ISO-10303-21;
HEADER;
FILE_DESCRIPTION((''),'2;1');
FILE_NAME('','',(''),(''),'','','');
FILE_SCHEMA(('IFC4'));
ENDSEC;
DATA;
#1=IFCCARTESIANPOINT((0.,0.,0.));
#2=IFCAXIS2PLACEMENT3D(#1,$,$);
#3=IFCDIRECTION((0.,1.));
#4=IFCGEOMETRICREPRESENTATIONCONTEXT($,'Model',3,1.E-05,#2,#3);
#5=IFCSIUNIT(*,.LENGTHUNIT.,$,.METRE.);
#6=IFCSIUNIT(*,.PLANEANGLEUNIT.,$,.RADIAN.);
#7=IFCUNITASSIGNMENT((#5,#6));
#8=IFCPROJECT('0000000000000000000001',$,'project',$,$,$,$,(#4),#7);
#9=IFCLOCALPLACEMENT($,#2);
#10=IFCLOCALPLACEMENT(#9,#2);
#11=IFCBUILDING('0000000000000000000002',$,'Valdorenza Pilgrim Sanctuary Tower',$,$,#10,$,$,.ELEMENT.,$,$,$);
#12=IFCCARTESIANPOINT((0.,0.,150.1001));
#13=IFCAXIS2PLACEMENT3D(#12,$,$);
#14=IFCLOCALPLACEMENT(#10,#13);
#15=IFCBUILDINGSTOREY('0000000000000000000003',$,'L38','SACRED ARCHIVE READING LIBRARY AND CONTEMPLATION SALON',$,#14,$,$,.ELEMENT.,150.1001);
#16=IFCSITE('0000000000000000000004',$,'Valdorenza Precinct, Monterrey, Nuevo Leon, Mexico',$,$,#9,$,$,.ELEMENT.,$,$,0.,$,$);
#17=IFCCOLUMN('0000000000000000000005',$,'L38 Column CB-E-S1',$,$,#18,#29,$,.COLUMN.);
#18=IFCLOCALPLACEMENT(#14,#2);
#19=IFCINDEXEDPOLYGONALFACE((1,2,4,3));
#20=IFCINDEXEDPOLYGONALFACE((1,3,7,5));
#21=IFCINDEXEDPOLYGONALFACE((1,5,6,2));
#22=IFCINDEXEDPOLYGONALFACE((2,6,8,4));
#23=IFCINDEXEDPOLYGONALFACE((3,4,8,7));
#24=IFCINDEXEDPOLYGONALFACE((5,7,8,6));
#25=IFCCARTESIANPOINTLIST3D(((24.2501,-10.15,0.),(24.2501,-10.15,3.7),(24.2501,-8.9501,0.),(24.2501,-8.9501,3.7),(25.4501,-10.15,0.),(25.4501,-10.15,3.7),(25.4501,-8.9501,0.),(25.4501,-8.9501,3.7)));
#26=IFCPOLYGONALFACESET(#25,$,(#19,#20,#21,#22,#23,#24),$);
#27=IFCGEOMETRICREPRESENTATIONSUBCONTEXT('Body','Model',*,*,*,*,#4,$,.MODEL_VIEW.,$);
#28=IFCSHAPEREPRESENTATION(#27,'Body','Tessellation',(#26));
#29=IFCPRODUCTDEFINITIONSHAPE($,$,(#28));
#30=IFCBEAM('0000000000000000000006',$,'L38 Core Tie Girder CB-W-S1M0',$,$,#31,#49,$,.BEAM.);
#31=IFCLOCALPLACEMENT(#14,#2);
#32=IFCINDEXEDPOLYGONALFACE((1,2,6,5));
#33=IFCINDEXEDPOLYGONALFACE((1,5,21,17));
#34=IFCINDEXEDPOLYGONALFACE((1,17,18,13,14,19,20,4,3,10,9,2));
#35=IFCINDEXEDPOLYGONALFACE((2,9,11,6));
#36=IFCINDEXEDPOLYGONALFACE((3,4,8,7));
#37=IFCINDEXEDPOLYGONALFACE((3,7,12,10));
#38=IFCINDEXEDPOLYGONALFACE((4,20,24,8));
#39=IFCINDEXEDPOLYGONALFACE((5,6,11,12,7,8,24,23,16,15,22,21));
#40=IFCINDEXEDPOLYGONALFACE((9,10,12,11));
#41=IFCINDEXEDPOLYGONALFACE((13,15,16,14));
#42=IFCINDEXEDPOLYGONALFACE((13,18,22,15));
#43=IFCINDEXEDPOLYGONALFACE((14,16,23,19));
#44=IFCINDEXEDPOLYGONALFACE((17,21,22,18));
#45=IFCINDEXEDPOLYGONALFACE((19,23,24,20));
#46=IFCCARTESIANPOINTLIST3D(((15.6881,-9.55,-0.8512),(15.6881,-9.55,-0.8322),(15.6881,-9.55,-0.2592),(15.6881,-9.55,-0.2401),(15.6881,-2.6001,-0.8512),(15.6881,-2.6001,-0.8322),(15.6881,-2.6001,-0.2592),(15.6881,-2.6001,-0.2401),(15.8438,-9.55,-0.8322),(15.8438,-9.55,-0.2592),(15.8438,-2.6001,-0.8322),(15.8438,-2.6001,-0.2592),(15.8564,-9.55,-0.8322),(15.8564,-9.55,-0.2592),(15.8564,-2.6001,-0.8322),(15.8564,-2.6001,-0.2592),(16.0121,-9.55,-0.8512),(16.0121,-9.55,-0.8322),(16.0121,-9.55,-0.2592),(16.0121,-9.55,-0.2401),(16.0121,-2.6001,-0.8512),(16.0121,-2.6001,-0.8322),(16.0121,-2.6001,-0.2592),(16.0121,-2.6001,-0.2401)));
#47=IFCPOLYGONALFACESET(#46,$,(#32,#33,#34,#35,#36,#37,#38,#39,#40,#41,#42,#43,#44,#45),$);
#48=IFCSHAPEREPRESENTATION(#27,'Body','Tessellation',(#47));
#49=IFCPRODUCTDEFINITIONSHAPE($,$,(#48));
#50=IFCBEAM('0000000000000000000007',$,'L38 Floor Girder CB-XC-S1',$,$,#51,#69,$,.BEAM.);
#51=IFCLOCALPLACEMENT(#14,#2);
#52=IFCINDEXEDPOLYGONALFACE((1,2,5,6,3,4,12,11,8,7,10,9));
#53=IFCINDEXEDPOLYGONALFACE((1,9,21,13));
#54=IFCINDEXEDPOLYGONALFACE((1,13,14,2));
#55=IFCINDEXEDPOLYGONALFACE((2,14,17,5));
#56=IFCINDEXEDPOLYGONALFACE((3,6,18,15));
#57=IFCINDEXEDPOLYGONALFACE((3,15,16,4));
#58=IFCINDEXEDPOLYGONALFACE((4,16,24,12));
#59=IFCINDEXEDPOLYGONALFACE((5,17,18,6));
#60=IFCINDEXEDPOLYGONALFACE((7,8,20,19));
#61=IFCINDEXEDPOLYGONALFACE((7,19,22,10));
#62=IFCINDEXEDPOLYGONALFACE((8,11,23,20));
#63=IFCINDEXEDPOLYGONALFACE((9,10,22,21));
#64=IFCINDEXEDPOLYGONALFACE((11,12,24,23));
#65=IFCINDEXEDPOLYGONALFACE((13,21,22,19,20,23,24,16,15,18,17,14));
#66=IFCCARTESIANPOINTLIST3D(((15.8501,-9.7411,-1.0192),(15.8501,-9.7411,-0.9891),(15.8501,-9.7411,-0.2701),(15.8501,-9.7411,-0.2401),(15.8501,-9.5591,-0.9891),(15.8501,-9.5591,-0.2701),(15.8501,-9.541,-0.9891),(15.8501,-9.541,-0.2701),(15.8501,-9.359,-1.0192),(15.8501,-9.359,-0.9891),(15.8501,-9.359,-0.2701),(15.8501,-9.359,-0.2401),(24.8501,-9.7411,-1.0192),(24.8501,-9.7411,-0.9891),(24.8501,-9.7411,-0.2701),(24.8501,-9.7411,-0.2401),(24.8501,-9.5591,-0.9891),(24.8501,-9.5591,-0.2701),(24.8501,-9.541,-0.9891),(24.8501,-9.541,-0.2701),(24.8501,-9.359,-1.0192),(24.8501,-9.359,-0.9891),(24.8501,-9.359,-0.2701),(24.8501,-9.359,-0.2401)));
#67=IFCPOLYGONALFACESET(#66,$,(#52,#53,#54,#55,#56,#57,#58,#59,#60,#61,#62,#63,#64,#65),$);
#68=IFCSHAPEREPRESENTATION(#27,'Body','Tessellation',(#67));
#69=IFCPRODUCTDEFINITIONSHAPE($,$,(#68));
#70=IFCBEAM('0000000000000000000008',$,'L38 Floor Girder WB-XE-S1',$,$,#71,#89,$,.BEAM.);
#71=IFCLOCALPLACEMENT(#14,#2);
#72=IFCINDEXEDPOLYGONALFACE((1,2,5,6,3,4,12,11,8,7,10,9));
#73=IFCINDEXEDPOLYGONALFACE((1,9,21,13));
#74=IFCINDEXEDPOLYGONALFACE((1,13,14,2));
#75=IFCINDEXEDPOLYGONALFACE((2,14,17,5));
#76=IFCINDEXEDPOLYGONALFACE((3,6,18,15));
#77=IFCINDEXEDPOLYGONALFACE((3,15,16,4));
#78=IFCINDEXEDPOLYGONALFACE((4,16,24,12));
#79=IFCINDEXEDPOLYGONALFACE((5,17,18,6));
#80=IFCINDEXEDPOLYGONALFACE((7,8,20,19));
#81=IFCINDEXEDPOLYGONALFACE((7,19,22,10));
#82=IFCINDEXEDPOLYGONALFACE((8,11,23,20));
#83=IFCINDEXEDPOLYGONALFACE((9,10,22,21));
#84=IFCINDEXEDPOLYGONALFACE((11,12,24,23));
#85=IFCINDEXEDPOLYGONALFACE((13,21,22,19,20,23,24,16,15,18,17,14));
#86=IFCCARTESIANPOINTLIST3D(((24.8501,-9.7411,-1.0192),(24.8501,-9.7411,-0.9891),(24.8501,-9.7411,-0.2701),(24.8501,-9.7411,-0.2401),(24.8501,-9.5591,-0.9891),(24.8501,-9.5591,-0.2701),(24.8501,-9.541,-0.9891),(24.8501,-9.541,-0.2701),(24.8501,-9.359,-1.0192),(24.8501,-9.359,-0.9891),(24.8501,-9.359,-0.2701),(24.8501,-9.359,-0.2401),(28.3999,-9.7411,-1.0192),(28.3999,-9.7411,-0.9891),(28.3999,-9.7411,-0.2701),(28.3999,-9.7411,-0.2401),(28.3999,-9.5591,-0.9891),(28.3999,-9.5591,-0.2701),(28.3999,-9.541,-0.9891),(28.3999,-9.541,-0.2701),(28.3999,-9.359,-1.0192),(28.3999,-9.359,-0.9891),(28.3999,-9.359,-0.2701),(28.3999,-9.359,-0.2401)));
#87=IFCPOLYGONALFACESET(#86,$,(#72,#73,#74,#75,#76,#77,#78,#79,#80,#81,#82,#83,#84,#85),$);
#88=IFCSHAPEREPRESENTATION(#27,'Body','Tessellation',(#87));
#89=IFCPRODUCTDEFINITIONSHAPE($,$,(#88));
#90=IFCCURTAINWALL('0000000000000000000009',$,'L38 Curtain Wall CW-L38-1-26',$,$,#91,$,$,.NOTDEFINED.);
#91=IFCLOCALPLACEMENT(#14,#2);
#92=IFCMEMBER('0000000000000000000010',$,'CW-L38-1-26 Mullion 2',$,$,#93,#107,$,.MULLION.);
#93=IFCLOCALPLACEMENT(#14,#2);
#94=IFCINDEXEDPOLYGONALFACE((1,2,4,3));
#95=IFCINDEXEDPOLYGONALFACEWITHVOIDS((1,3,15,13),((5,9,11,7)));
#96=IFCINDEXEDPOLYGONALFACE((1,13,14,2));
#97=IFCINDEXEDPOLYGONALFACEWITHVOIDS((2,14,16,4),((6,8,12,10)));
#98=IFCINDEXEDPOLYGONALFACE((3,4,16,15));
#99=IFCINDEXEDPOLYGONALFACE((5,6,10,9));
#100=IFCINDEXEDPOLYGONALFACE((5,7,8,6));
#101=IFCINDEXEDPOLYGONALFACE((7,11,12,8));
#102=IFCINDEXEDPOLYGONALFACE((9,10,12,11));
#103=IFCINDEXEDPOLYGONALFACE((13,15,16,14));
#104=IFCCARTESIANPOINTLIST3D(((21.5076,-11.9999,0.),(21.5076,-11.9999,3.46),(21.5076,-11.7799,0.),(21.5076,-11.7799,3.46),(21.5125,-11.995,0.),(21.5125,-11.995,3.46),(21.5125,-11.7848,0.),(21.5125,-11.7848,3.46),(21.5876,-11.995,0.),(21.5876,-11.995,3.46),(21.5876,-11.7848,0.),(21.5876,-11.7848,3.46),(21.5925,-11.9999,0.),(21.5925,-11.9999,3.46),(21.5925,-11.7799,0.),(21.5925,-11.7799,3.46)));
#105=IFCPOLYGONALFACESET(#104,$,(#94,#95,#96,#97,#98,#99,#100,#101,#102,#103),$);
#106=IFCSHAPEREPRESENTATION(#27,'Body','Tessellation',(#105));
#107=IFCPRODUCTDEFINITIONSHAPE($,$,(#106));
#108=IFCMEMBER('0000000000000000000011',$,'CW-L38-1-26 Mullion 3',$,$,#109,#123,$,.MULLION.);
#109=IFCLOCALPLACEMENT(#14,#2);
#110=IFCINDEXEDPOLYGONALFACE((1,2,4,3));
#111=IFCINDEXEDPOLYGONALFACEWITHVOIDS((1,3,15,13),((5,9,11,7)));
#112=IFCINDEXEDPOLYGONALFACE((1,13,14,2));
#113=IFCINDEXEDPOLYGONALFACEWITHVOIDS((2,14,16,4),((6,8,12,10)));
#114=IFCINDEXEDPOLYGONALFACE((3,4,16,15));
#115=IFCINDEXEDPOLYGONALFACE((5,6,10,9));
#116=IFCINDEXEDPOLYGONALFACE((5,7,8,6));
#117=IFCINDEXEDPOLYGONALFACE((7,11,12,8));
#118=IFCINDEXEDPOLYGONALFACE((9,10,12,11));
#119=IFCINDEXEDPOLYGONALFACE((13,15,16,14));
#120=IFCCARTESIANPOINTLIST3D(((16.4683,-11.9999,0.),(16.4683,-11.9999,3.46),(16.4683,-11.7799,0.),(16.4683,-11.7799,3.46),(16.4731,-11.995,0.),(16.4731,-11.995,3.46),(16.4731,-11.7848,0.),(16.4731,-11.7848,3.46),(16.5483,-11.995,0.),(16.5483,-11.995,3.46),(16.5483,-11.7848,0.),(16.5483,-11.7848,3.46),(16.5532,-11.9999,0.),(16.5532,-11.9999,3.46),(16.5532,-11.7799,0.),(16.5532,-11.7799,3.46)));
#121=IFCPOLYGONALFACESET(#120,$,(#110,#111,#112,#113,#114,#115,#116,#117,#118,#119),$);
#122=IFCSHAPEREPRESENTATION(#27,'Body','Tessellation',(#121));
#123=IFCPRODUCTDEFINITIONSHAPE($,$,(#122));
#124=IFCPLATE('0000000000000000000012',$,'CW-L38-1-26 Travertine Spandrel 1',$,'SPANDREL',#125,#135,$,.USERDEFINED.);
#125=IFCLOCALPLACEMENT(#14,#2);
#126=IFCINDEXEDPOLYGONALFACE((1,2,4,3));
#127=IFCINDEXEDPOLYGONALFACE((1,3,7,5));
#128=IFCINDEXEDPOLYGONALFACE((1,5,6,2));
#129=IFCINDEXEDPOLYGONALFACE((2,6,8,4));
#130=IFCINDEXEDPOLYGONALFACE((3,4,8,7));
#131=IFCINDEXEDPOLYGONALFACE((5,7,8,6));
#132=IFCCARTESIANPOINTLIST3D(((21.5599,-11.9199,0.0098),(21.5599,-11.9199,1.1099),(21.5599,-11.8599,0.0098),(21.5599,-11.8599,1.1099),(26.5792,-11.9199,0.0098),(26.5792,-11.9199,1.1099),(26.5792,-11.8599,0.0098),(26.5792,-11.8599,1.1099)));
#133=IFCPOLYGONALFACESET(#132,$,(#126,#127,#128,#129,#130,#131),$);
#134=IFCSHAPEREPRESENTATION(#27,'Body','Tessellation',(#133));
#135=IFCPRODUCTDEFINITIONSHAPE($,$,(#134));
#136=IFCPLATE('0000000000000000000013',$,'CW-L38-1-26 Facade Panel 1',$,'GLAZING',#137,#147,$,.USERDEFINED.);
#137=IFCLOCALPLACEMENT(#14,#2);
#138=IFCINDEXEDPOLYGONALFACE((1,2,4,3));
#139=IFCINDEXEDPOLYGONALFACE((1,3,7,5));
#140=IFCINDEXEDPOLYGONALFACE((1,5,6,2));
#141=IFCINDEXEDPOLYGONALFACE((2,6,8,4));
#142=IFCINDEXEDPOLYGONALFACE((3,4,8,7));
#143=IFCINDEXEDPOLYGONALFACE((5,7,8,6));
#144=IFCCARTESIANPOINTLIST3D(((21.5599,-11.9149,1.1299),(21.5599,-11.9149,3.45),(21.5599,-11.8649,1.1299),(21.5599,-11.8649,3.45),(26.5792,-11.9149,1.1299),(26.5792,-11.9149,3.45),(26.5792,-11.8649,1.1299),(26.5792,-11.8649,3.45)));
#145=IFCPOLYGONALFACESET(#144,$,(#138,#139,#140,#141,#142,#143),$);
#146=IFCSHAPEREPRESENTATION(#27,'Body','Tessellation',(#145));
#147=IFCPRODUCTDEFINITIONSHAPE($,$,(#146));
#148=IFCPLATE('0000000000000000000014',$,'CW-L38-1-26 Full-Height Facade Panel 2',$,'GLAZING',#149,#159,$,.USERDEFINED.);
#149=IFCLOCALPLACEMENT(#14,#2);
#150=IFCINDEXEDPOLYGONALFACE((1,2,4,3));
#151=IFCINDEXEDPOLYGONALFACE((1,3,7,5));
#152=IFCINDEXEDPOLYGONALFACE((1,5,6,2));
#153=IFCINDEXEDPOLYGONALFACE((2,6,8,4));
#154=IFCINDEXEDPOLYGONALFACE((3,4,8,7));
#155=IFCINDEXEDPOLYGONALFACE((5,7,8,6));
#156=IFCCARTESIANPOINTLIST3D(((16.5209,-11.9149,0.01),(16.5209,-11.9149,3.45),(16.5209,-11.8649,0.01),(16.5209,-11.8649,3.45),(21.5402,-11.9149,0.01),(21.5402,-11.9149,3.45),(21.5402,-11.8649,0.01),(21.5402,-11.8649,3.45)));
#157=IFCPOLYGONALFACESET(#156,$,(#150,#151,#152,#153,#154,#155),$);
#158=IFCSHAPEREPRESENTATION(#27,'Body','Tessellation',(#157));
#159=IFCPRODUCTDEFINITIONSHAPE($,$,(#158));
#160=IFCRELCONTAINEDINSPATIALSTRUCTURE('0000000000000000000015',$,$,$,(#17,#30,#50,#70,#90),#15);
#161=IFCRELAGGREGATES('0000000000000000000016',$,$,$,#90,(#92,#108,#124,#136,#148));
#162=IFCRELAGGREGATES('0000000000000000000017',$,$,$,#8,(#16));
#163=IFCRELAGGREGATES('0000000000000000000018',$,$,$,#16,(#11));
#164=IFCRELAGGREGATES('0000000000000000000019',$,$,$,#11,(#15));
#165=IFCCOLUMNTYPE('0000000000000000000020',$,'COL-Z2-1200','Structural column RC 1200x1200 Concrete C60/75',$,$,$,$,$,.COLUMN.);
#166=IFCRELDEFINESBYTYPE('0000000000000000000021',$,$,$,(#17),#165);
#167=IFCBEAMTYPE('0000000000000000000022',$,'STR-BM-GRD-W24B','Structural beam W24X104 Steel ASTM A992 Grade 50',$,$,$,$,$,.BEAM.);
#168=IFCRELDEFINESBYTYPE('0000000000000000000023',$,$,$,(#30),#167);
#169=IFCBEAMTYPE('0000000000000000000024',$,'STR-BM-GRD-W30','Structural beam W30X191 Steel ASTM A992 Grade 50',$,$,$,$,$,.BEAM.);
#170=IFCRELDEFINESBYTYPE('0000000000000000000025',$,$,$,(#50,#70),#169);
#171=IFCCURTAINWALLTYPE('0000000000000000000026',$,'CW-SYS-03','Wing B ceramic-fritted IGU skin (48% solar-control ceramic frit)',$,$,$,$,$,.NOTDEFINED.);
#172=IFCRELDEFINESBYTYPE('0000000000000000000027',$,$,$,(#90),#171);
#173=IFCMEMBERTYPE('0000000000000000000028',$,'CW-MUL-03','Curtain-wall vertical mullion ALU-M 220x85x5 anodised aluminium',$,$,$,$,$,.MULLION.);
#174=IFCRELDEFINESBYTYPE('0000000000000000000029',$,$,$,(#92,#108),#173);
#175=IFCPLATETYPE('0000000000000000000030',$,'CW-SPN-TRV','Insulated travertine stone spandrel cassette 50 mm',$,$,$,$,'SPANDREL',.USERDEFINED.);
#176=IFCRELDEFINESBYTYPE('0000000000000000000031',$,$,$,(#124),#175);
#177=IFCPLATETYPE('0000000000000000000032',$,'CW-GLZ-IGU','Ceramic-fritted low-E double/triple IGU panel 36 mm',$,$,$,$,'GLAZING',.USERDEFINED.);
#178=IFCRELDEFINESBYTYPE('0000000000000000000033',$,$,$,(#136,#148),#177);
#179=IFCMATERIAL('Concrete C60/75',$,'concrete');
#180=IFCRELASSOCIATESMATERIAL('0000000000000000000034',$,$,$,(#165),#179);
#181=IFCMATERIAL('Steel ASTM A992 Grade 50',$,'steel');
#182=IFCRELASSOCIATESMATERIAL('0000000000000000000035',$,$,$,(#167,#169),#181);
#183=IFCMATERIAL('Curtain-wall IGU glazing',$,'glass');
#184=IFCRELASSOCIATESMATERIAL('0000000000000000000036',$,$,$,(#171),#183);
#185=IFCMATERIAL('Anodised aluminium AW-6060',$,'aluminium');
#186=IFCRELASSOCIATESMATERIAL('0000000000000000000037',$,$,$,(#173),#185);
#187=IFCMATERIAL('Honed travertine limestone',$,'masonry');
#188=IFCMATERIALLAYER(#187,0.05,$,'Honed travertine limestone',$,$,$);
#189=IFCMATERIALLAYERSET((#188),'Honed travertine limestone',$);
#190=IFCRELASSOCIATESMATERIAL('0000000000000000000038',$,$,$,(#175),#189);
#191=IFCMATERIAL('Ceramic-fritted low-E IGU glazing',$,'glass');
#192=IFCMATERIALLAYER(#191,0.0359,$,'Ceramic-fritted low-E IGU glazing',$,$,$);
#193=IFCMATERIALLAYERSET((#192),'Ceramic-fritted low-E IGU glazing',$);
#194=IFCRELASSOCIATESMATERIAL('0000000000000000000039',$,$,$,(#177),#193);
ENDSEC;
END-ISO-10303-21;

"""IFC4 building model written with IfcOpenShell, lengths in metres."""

from ifc_helpers import new_model, si_unit, direction, frame, origin, origin_2d, place, context, subcontext, project, spatial, rectangle, hollow_rectangle, i_section, extrude, source, transform, mapped, material, layer, layer_set, material_profile, profile_set, type_object, element, aggregate, save


model = new_model("IFC4")

# Units and contexts
model_context = context("Model", 3, precision=1e-05, world=origin(), true_north=direction((0.0, 1.0)))
body_context = subcontext(model_context, "Body", "Model", "MODEL_VIEW")
ifc_project = project(units=[si_unit("LENGTHUNIT", "METRE"), si_unit("PLANEANGLEUNIT", "RADIAN")], contexts=[model_context])

# Site, building, storey
site_placement = place(None, origin())
site = spatial("IfcSite", under=ifc_project, at=site_placement, Name="Valdorenza Precinct, Monterrey, Nuevo Leon, Mexico", CompositionType="ELEMENT", RefElevation=0.0)
building_placement = place(site_placement, origin())
building = spatial("IfcBuilding", under=site, at=building_placement, Name="Valdorenza Pilgrim Sanctuary Tower", CompositionType="ELEMENT")
storey_placement = place(building_placement, frame((0.0, 0.0, 150.1001)))
storey = spatial("IfcBuildingStorey", under=building, at=storey_placement, Name="L38", Description="SACRED ARCHIVE READING LIBRARY AND CONTEMPLATION SALON", CompositionType="ELEMENT", Elevation=150.1001)

# Column
ifc_material_1 = material(Name="Concrete C60/75", Category="concrete")
ifc_material_profile_1 = material_profile(ifc_material_1, rectangle(XDim=1.2, YDim=1.2, at=origin_2d()), Name="RC 1200x1200")
ifc_profile_set_1 = profile_set([ifc_material_profile_1], Name="Concrete C60/75")
column_type = type_object("IfcColumnType", Name="COL-Z2-1200", Description="Structural column RC 1200x1200 Concrete C60/75", PredefinedType="COLUMN", material=ifc_profile_set_1)
shared_shape_1 = source(origin(), body_context, "Body", "SweptSolid", [
    extrude(rectangle(XDim=1.2, YDim=1.2, at=origin_2d()), origin(), (0.0, 0.0, 1.0), 3.7),
])
column_placement = place(storey_placement, frame((24.8501, -9.55, 0.0), z_axis=(0.0, 0.0, 1.0), x_axis=(1.0, 0.0, 0.0)))
element("IfcColumn", 1, at=column_placement, inside=storey, type_object=column_type, Name="L38 Column CB-E-S1", PredefinedType="COLUMN", context=body_context, shape_type="MappedRepresentation", body=[
    mapped(shared_shape_1, transform((0.0, 0.0, 0.0), x_axis=(1.0, 0.0, 0.0), y_axis=(0.0, 1.0, 0.0), z_axis=(0.0, 0.0, 1.0), scale=1.0)),
])

# Beams
ifc_material_2 = material(Name="Steel ASTM A992 Grade 50", Category="steel")
ifc_material_profile_2 = material_profile(ifc_material_2, i_section(OverallWidth=0.324, OverallDepth=0.6111, WebThickness=0.0127, FlangeThickness=0.019, at=origin_2d()), Name="W24X104")
ifc_profile_set_2 = profile_set([ifc_material_profile_2], Name="Steel ASTM A992 Grade 50")
beam_type_1 = type_object("IfcBeamType", Name="STR-BM-GRD-W24B", Description="Structural beam W24X104 Steel ASTM A992 Grade 50", PredefinedType="BEAM", material=ifc_profile_set_2)
shared_shape_2 = source(origin(), body_context, "Body", "SweptSolid", [
    extrude(i_section(OverallWidth=0.324, OverallDepth=0.6111, WebThickness=0.0127, FlangeThickness=0.019, at=origin_2d()), origin(), (0.0, 0.0, 1.0), 6.95),
])
beam_1_placement = place(storey_placement, frame((15.8501, -9.55, -0.5457), z_axis=(0.0, 1.0, 0.0), x_axis=(-1.0, 0.0, 0.0)))
element("IfcBeam", 2, at=beam_1_placement, inside=storey, type_object=beam_type_1, Name="L38 Core Tie Girder CB-W-S1M0", PredefinedType="BEAM", context=body_context, shape_type="MappedRepresentation", body=[
    mapped(shared_shape_2, transform((0.0, 0.0, 0.0), x_axis=(1.0, 0.0, 0.0), y_axis=(0.0, 1.0, 0.0), z_axis=(0.0, 0.0, 1.0), scale=1.0)),
])
ifc_material_profile_3 = material_profile(ifc_material_2, i_section(OverallWidth=0.3821, OverallDepth=0.7791, WebThickness=0.0181, FlangeThickness=0.03, at=origin_2d()), Name="W30X191")
ifc_profile_set_3 = profile_set([ifc_material_profile_3], Name="Steel ASTM A992 Grade 50")
beam_type_2 = type_object("IfcBeamType", Name="STR-BM-GRD-W30", Description="Structural beam W30X191 Steel ASTM A992 Grade 50", PredefinedType="BEAM", material=ifc_profile_set_3)
shared_shape_3 = source(origin(), body_context, "Body", "SweptSolid", [
    extrude(i_section(OverallWidth=0.3821, OverallDepth=0.7791, WebThickness=0.0181, FlangeThickness=0.03, at=origin_2d()), origin(), (0.0, 0.0, 1.0), 9.0),
])
beam_2_placement = place(storey_placement, frame((15.8501, -9.55, -0.6296), z_axis=(1.0, 0.0, 0.0), x_axis=(0.0, 1.0, 0.0)))
element("IfcBeam", 3, at=beam_2_placement, inside=storey, type_object=beam_type_2, Name="L38 Floor Girder CB-XC-S1", PredefinedType="BEAM", context=body_context, shape_type="MappedRepresentation", body=[
    mapped(shared_shape_3, transform((0.0, 0.0, 0.0), x_axis=(1.0, 0.0, 0.0), y_axis=(0.0, 1.0, 0.0), z_axis=(0.0, 0.0, 1.0), scale=1.0)),
])
shared_shape_4 = source(origin(), body_context, "Body", "SweptSolid", [
    extrude(i_section(OverallWidth=0.3821, OverallDepth=0.7791, WebThickness=0.0181, FlangeThickness=0.03, at=origin_2d()), origin(), (0.0, 0.0, 1.0), 3.5498),
])
beam_3_placement = place(storey_placement, frame((24.8501, -9.55, -0.6296), z_axis=(1.0, 0.0, 0.0), x_axis=(0.0, 1.0, 0.0)))
element("IfcBeam", 4, at=beam_3_placement, inside=storey, type_object=beam_type_2, Name="L38 Floor Girder WB-XE-S1", PredefinedType="BEAM", context=body_context, shape_type="MappedRepresentation", body=[
    mapped(shared_shape_4, transform((0.0, 0.0, 0.0), x_axis=(1.0, 0.0, 0.0), y_axis=(0.0, 1.0, 0.0), z_axis=(0.0, 0.0, 1.0), scale=1.0)),
])

# Curtain wall, members, plates
ifc_material_3 = material(Name="Curtain-wall IGU glazing", Category="glass")
curtain_wall_type = type_object("IfcCurtainWallType", Name="CW-SYS-03", Description="Wing B ceramic-fritted IGU skin (48% solar-control ceramic frit)", PredefinedType="NOTDEFINED", material=ifc_material_3)
curtain_wall_placement = place(storey_placement, origin())
curtain_wall = element("IfcCurtainWall", 5, at=curtain_wall_placement, inside=storey, type_object=curtain_wall_type, Name="L38 Curtain Wall CW-L38-1-26", PredefinedType="NOTDEFINED")
ifc_material_4 = material(Name="Anodised aluminium AW-6060", Category="aluminium")
ifc_material_profile_4 = material_profile(ifc_material_4, hollow_rectangle(XDim=0.085, YDim=0.22, WallThickness=0.0049, at=origin_2d()), Name="ALU-M 220x85x5")
ifc_profile_set_4 = profile_set([ifc_material_profile_4], Name="Anodised aluminium AW-6060")
member_type = type_object("IfcMemberType", Name="CW-MUL-03", Description="Curtain-wall vertical mullion ALU-M 220x85x5 anodised aluminium", PredefinedType="MULLION", material=ifc_profile_set_4)
shared_shape_5 = source(origin(), body_context, "Body", "SweptSolid", [
    extrude(hollow_rectangle(XDim=0.085, YDim=0.22, WallThickness=0.0049, at=origin_2d()), origin(), (0.0, 0.0, 1.0), 3.46),
])
member_1_placement = place(storey_placement, frame((21.55, -11.8899, 0.0), z_axis=(0.0, 0.0, 1.0), x_axis=(-1.0, 0.0, 0.0)))
member_1 = element("IfcMember", 6, at=member_1_placement, type_object=member_type, Name="CW-L38-1-26 Mullion 2", PredefinedType="MULLION", context=body_context, shape_type="MappedRepresentation", body=[
    mapped(shared_shape_5, transform((0.0, 0.0, 0.0), x_axis=(1.0, 0.0, 0.0), y_axis=(0.0, 1.0, 0.0), z_axis=(0.0, 0.0, 1.0), scale=1.0)),
])
member_2_placement = place(storey_placement, frame((16.5107, -11.8899, 0.0), z_axis=(0.0, 0.0, 1.0), x_axis=(-1.0, 0.0, 0.0)))
member_2 = element("IfcMember", 7, at=member_2_placement, type_object=member_type, Name="CW-L38-1-26 Mullion 3", PredefinedType="MULLION", context=body_context, shape_type="MappedRepresentation", body=[
    mapped(shared_shape_5, transform((0.0, 0.0, 0.0), x_axis=(1.0, 0.0, 0.0), y_axis=(0.0, 1.0, 0.0), z_axis=(0.0, 0.0, 1.0), scale=1.0)),
])
ifc_material_5 = material(Name="Honed travertine limestone", Category="masonry")
ifc_layer_1 = layer(ifc_material_5, 0.05, Name="Honed travertine limestone")
ifc_layer_set_1 = layer_set([ifc_layer_1], Name="Honed travertine limestone")
plate_type_1 = type_object("IfcPlateType", Name="CW-SPN-TRV", Description="Insulated travertine stone spandrel cassette 50 mm", ElementType="SPANDREL", PredefinedType="USERDEFINED", material=ifc_layer_set_1)
shared_shape_6 = source(origin(), body_context, "Body", "SweptSolid", [
    extrude(rectangle(XDim=5.0193, YDim=0.0601, at=origin_2d()), origin(), (0.0, 0.0, 1.0), 1.1001),
])
plate_1_placement = place(storey_placement, frame((24.0696, -11.8899, 0.0098), z_axis=(0.0, 0.0, 1.0), x_axis=(-1.0, 0.0, 0.0)))
plate_1 = element("IfcPlate", 8, at=plate_1_placement, type_object=plate_type_1, Name="CW-L38-1-26 Travertine Spandrel 1", ObjectType="SPANDREL", PredefinedType="USERDEFINED", context=body_context, shape_type="MappedRepresentation", body=[
    mapped(shared_shape_6, transform((0.0, 0.0, 0.0), x_axis=(1.0, 0.0, 0.0), y_axis=(0.0, 1.0, 0.0), z_axis=(0.0, 0.0, 1.0), scale=1.0)),
])
ifc_material_6 = material(Name="Ceramic-fritted low-E IGU glazing", Category="glass")
ifc_layer_2 = layer(ifc_material_6, 0.0359, Name="Ceramic-fritted low-E IGU glazing")
ifc_layer_set_2 = layer_set([ifc_layer_2], Name="Ceramic-fritted low-E IGU glazing")
plate_type_2 = type_object("IfcPlateType", Name="CW-GLZ-IGU", Description="Ceramic-fritted low-E double/triple IGU panel 36 mm", ElementType="GLAZING", PredefinedType="USERDEFINED", material=ifc_layer_set_2)
shared_shape_7 = source(origin(), body_context, "Body", "SweptSolid", [
    extrude(rectangle(XDim=5.0193, YDim=0.05, at=origin_2d()), origin(), (0.0, 0.0, 1.0), 2.3201),
])
plate_2_placement = place(storey_placement, frame((24.0696, -11.8899, 1.1299), z_axis=(0.0, 0.0, 1.0), x_axis=(-1.0, 0.0, 0.0)))
plate_2 = element("IfcPlate", 9, at=plate_2_placement, type_object=plate_type_2, Name="CW-L38-1-26 Facade Panel 1", ObjectType="GLAZING", PredefinedType="USERDEFINED", context=body_context, shape_type="MappedRepresentation", body=[
    mapped(shared_shape_7, transform((0.0, 0.0, 0.0), x_axis=(1.0, 0.0, 0.0), y_axis=(0.0, 1.0, 0.0), z_axis=(0.0, 0.0, 1.0), scale=1.0)),
])
shared_shape_8 = source(origin(), body_context, "Body", "SweptSolid", [
    extrude(rectangle(XDim=5.0193, YDim=0.05, at=origin_2d()), origin(), (0.0, 0.0, 1.0), 3.4399),
])
plate_3_placement = place(storey_placement, frame((19.0305, -11.8899, 0.01), z_axis=(0.0, 0.0, 1.0), x_axis=(-1.0, 0.0, 0.0)))
plate_3 = element("IfcPlate", 10, at=plate_3_placement, type_object=plate_type_2, Name="CW-L38-1-26 Full-Height Facade Panel 2", ObjectType="GLAZING", PredefinedType="USERDEFINED", context=body_context, shape_type="MappedRepresentation", body=[
    mapped(shared_shape_8, transform((0.0, 0.0, 0.0), x_axis=(1.0, 0.0, 0.0), y_axis=(0.0, 1.0, 0.0), z_axis=(0.0, 0.0, 1.0), scale=1.0)),
])
aggregate(curtain_wall, [member_1, member_2, plate_1, plate_2, plate_3])

save(model, "model.ifc")
